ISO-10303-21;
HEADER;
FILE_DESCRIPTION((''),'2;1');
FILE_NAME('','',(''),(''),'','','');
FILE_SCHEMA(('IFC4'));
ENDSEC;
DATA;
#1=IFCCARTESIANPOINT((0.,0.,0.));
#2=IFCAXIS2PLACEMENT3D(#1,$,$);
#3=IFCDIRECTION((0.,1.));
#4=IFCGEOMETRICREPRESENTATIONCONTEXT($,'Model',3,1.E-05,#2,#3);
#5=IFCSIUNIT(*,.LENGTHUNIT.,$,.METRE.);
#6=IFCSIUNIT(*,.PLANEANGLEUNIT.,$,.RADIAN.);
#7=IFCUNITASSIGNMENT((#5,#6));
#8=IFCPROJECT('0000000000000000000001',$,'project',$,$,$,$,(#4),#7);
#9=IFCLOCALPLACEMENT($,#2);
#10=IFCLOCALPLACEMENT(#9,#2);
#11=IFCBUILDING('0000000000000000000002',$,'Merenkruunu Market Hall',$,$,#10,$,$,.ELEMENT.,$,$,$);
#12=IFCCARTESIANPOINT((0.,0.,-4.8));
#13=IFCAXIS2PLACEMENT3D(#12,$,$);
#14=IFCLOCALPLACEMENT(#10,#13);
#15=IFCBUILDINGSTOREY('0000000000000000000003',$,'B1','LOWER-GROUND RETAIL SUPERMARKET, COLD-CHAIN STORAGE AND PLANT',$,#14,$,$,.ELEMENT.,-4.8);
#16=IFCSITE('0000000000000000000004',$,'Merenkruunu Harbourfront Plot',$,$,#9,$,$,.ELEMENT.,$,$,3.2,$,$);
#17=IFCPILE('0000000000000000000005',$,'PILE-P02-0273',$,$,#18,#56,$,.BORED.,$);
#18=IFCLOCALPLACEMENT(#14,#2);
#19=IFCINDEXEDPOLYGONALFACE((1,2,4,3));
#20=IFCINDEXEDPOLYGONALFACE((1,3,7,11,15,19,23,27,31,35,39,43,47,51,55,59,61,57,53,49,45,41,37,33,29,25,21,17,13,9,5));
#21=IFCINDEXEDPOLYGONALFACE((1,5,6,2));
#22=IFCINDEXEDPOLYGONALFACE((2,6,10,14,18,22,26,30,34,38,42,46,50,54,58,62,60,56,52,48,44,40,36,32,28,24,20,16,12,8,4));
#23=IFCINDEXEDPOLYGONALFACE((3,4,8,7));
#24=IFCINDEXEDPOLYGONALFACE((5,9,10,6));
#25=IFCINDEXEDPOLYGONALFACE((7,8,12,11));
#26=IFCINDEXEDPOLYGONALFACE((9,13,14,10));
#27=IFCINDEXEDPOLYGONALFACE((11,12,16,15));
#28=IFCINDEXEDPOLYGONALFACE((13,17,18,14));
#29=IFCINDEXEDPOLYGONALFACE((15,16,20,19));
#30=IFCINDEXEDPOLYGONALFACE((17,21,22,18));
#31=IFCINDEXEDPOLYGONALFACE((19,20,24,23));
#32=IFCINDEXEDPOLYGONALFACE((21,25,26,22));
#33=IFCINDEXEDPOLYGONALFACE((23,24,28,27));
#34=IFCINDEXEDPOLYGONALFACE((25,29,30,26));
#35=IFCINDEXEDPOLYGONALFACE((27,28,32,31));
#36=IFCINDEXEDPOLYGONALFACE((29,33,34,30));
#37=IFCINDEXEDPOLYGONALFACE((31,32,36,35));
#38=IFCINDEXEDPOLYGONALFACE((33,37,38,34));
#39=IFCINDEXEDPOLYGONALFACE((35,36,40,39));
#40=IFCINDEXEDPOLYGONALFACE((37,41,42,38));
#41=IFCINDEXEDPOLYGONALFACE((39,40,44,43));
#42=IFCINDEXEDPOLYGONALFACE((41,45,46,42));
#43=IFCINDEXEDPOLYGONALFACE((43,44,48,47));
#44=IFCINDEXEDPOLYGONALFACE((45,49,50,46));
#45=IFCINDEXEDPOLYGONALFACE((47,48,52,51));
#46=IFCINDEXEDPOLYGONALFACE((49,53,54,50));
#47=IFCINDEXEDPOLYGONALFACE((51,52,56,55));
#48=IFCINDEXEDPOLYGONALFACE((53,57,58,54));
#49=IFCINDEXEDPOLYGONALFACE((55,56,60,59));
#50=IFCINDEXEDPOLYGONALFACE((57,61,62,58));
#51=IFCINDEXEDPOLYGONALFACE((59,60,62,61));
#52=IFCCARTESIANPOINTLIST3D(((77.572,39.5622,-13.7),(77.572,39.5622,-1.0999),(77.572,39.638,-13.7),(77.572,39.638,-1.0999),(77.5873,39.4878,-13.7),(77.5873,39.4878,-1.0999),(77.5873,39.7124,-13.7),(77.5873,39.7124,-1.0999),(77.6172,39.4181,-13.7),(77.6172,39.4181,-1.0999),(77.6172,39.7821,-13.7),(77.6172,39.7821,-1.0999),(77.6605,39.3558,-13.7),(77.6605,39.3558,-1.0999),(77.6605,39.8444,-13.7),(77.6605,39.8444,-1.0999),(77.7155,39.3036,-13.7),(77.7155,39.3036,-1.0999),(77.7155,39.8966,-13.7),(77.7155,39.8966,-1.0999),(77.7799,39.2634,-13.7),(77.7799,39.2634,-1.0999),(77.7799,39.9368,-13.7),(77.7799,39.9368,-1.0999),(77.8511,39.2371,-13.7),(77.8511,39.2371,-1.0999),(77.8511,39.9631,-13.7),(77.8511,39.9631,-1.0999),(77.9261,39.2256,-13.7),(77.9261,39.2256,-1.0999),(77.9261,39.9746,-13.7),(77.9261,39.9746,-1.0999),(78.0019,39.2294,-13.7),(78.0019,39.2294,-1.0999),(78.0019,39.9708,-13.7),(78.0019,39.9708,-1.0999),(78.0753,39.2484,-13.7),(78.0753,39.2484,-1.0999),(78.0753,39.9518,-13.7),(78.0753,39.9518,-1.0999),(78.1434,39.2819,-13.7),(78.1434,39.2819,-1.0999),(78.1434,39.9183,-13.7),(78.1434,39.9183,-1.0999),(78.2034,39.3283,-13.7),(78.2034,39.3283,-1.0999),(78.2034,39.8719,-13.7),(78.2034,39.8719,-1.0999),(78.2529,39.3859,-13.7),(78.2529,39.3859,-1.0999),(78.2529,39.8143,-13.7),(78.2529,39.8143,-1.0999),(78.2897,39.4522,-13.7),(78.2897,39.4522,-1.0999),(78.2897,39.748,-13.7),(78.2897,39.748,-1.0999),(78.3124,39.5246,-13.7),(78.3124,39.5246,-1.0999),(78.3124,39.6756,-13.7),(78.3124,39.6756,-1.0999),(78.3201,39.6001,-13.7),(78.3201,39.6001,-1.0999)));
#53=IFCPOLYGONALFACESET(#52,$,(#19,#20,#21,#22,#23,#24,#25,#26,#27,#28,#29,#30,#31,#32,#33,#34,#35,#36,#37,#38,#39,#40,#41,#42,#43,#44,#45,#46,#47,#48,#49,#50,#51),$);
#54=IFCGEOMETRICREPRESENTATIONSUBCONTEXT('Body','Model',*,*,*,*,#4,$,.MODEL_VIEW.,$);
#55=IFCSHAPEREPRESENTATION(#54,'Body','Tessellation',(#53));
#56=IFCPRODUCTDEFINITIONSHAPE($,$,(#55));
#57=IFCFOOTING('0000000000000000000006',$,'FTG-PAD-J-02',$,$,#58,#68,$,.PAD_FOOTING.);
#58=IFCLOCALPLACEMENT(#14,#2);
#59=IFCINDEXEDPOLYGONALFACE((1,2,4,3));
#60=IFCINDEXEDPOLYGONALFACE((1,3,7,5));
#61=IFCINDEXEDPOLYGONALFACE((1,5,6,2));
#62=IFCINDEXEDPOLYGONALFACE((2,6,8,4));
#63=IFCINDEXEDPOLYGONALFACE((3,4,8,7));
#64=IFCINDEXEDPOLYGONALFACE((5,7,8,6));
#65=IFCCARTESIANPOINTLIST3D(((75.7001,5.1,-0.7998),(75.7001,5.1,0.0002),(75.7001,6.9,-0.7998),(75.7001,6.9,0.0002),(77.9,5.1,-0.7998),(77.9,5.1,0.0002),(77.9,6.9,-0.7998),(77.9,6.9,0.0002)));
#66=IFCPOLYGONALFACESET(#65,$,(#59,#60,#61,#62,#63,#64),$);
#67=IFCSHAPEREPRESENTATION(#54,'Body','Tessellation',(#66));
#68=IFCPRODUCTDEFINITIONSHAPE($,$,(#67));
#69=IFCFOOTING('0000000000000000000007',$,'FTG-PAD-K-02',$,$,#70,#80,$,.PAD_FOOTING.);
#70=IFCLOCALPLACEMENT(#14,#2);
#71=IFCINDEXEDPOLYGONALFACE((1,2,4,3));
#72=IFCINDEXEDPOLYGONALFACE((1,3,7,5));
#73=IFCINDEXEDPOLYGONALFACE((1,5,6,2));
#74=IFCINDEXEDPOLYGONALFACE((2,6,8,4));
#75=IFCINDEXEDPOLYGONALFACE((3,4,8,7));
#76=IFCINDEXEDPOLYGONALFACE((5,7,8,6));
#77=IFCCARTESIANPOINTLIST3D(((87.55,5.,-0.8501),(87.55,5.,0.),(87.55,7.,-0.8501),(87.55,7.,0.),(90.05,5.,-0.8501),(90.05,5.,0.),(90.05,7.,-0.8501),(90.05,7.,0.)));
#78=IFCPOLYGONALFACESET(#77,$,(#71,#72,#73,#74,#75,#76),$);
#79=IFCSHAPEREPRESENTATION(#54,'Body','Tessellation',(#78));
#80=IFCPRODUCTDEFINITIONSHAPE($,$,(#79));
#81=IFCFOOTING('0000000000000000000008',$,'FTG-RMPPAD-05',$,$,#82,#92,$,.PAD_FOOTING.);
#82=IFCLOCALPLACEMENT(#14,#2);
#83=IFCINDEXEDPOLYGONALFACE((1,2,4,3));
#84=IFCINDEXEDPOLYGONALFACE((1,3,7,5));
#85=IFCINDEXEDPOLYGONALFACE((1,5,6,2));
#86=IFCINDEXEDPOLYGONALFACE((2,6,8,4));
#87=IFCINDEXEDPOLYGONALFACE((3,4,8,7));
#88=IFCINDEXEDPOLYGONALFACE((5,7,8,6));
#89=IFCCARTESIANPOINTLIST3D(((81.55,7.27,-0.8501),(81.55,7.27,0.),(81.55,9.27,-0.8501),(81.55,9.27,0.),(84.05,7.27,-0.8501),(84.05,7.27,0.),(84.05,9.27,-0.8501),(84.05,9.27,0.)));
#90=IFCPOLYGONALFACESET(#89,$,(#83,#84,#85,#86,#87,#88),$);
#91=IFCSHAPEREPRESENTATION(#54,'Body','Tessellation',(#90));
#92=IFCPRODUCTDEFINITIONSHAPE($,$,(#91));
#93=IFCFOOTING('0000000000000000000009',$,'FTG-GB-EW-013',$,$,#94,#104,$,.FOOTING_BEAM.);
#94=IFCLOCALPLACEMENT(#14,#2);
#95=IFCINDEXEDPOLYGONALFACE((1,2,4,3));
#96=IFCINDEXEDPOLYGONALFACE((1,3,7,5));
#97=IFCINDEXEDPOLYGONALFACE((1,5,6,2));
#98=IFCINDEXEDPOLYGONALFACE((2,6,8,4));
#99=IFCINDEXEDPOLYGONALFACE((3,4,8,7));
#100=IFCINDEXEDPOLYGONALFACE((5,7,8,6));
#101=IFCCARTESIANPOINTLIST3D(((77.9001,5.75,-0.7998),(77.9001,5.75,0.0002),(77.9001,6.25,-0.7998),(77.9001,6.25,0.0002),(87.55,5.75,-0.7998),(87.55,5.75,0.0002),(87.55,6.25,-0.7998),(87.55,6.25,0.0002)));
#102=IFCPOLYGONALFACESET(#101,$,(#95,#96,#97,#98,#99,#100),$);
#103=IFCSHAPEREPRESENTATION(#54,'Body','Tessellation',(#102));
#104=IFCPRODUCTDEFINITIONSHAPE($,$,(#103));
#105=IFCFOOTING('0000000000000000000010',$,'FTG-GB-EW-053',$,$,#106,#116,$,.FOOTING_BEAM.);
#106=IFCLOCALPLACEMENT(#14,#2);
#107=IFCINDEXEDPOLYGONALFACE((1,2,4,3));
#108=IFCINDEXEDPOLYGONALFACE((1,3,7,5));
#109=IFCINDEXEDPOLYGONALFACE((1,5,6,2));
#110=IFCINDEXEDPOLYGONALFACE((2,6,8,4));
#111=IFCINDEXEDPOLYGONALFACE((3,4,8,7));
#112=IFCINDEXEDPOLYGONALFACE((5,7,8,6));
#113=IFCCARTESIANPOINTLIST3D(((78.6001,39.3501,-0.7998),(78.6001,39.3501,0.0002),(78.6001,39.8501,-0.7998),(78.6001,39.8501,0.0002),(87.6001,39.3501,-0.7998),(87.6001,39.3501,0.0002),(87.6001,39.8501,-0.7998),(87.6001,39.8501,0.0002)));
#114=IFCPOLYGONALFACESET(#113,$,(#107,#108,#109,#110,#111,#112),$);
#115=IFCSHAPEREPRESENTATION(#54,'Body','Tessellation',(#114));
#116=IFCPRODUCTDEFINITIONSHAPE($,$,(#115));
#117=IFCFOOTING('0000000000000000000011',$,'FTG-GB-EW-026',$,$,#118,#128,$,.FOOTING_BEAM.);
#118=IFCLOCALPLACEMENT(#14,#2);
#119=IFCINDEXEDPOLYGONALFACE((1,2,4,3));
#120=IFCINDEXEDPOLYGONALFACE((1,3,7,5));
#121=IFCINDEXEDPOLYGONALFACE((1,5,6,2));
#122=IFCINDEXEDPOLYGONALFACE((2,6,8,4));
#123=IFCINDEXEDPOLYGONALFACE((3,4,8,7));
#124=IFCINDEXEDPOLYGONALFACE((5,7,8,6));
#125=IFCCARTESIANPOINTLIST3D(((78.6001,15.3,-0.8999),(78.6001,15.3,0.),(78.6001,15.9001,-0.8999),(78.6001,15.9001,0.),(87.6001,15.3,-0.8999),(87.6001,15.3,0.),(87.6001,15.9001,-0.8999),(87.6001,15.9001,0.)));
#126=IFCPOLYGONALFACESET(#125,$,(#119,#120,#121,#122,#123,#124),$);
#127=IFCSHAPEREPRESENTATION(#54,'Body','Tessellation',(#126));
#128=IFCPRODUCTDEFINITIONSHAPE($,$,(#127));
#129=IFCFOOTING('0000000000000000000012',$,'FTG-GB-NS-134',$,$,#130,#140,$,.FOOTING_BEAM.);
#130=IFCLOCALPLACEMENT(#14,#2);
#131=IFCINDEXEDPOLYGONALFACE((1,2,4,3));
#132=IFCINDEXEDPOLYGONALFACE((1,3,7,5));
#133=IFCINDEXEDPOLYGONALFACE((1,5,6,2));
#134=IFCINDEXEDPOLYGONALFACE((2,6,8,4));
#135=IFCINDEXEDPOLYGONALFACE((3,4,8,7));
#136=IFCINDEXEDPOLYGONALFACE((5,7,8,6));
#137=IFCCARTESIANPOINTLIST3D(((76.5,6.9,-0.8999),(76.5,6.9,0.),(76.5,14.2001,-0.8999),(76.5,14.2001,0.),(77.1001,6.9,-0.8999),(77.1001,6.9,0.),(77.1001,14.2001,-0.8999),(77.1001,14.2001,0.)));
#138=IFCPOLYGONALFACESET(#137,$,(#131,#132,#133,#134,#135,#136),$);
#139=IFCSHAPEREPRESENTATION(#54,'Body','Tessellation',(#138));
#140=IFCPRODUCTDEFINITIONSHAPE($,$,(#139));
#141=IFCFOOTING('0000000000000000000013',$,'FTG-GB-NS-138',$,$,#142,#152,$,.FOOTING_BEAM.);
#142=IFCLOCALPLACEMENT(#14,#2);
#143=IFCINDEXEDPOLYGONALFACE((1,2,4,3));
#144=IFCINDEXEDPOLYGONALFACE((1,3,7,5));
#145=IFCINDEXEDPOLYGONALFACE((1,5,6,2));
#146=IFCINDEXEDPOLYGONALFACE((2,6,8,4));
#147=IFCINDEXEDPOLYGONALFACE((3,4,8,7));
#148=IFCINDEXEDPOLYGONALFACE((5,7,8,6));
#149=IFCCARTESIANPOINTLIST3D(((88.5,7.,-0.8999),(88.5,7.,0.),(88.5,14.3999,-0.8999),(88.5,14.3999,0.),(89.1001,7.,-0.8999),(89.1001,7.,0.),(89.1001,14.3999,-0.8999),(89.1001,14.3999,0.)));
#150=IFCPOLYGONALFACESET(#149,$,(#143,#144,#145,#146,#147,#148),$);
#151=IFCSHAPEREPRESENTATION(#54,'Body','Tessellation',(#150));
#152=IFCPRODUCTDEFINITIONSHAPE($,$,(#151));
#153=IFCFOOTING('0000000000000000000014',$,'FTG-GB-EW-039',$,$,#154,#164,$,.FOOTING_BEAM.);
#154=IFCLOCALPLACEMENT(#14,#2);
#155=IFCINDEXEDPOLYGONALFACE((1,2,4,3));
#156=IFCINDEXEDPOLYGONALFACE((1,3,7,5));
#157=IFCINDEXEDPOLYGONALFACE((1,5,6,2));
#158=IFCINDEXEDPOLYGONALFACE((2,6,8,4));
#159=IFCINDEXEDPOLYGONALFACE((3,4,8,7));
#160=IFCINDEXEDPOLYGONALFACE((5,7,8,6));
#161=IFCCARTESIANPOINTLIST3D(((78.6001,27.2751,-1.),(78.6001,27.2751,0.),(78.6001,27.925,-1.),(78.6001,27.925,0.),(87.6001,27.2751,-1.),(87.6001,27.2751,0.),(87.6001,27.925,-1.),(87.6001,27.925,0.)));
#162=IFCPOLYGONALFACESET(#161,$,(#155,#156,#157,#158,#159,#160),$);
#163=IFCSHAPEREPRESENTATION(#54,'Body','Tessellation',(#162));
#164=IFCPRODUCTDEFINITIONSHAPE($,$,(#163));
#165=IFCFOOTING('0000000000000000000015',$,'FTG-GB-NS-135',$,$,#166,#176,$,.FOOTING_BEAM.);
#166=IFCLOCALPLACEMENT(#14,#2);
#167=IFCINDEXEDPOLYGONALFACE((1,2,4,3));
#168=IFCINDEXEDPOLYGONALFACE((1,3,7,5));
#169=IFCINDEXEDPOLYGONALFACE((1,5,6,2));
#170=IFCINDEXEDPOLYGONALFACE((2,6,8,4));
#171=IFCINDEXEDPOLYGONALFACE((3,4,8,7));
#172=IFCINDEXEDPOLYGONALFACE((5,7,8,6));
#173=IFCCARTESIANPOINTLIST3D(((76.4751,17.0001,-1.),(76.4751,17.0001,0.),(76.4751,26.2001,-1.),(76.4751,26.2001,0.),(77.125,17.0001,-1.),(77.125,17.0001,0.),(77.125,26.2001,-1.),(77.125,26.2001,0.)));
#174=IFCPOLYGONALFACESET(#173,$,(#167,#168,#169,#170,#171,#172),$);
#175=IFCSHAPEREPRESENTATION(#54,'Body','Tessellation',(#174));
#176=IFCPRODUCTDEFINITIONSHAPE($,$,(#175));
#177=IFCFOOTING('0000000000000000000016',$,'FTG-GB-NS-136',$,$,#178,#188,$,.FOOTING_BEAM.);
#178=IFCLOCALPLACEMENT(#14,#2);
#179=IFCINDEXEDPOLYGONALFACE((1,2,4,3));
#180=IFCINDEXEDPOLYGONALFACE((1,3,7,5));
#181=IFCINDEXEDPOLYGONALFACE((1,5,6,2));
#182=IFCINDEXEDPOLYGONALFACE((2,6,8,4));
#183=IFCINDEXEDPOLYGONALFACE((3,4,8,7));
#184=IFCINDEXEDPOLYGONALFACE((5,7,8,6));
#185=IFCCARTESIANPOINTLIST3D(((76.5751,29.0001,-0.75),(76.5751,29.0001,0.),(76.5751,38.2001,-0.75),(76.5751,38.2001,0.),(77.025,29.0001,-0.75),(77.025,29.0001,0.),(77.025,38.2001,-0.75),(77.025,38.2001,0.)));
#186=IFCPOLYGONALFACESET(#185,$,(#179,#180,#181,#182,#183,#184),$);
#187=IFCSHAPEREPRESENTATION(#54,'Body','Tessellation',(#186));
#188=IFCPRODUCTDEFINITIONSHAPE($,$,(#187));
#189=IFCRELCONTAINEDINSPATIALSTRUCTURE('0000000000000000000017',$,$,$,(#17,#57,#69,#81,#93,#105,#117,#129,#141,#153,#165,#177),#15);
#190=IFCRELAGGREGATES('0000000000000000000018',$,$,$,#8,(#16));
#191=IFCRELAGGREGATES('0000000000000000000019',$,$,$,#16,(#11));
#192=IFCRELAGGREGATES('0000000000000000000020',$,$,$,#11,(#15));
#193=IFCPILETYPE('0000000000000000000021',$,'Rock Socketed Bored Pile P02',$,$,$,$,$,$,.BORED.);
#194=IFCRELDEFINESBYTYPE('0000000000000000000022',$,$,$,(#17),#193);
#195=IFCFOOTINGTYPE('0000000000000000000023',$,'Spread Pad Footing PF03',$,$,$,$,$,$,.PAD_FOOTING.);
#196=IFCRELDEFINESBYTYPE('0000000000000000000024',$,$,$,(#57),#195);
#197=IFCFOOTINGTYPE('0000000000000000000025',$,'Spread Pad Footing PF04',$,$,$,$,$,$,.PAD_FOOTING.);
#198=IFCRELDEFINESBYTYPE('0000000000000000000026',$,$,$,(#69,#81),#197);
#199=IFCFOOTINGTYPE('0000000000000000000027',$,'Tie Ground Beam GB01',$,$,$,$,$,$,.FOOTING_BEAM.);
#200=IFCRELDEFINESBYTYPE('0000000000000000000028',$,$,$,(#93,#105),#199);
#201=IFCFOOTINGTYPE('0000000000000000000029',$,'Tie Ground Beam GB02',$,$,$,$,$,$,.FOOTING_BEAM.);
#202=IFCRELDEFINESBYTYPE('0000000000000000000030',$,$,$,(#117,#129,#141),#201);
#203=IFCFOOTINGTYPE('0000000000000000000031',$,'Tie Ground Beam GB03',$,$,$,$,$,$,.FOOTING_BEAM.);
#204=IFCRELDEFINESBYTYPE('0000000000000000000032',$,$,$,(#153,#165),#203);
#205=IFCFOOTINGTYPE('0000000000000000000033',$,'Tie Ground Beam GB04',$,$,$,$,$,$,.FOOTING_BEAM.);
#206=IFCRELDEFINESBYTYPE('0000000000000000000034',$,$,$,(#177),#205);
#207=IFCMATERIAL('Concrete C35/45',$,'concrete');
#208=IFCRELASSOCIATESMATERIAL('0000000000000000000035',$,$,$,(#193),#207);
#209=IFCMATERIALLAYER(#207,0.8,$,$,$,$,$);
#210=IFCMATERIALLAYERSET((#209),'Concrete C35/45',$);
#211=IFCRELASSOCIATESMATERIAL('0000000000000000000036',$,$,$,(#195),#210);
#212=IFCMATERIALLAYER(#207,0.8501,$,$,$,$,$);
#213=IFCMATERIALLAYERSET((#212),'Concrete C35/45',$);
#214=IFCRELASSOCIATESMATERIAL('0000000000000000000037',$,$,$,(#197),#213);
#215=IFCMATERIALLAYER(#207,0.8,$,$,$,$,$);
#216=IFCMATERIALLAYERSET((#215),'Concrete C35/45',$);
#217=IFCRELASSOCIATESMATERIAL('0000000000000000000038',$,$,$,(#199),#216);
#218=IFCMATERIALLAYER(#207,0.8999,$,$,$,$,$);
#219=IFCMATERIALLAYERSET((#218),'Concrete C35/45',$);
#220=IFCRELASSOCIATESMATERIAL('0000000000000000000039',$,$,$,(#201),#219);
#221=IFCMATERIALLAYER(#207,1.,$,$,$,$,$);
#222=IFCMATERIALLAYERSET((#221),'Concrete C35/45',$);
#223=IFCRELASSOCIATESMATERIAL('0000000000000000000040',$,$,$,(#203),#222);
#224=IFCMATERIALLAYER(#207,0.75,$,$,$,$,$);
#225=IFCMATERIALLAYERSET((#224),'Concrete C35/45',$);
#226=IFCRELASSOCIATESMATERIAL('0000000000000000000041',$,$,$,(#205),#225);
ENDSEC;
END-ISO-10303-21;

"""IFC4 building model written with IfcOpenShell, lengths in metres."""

from ifc_helpers import new_model, si_unit, direction, frame, origin, origin_2d, place, context, subcontext, project, spatial, rectangle, circle, extrude, material, layer, layer_set, material_profile, profile_set, type_object, element, save


model = new_model("IFC4")

# Units and contexts
model_context = context("Model", 3, precision=1e-05, world=origin(), true_north=direction((0.0, 1.0)))
body_context = subcontext(model_context, "Body", "Model", "MODEL_VIEW")
ifc_project = project(units=[si_unit("LENGTHUNIT", "METRE"), si_unit("PLANEANGLEUNIT", "RADIAN")], contexts=[model_context])

# Site, building, storey
site_placement = place(None, origin())
site = spatial("IfcSite", under=ifc_project, at=site_placement, Name="Merenkruunu Harbourfront Plot", CompositionType="ELEMENT", RefElevation=3.2)
building_placement = place(site_placement, origin())
building = spatial("IfcBuilding", under=site, at=building_placement, Name="Merenkruunu Market Hall", CompositionType="ELEMENT")
storey_placement = place(building_placement, frame((0.0, 0.0, -4.8)))
storey = spatial("IfcBuildingStorey", under=building, at=storey_placement, Name="B1", Description="LOWER-GROUND RETAIL SUPERMARKET, COLD-CHAIN STORAGE AND PLANT", CompositionType="ELEMENT", Elevation=-4.8)

# Shared definitions
ifc_material = material(Name="Concrete C35/45", Category="concrete")

# Pile
ifc_material_profile_1 = material_profile(ifc_material, circle(Radius=0.375, at=origin_2d()), Name="BORED PILE 750")
ifc_profile_set_1 = profile_set([ifc_material_profile_1], Name="Concrete C35/45")
pile_type_1 = type_object("IfcPileType", Name="Rock Socketed Bored Pile P02", PredefinedType="BORED", material=ifc_profile_set_1)
for number, where, z_axis, x_axis, name in (
    (1, (77.9451, 39.6001, -1.0999), (0.0, 0.0, -1.0), (1.0, 0.0, 0.0), "PILE-P02-0273"),
):
    element("IfcPile", number, at=place(storey_placement, frame(where, z_axis=z_axis, x_axis=x_axis)), inside=storey, type_object=pile_type_1, Name=name, PredefinedType="BORED", context=body_context, shape_type="SweptSolid", body=[
        extrude(circle(Radius=0.375, at=origin_2d()), origin(), (0.0, 0.0, 1.0), 12.6001),
    ])

# Footings
ifc_layer_1 = layer(ifc_material, 0.8)
ifc_layer_set_1 = layer_set([ifc_layer_1], Name="Concrete C35/45")
footing_type_1 = type_object("IfcFootingType", Name="Spread Pad Footing PF03", PredefinedType="PAD_FOOTING", material=ifc_layer_set_1)
footing_1_placement = place(storey_placement, frame((76.8, 6.0, -0.7998), z_axis=(0.0, 0.0, 1.0), x_axis=(1.0, 0.0, 0.0)))
element("IfcFooting", 2, at=footing_1_placement, inside=storey, type_object=footing_type_1, Name="FTG-PAD-J-02", PredefinedType="PAD_FOOTING", context=body_context, shape_type="SweptSolid", body=[
    extrude(rectangle(XDim=2.2, YDim=1.8, at=origin_2d()), origin(), (0.0, 0.0, 1.0), 0.8),
])
ifc_layer_2 = layer(ifc_material, 0.8501)
ifc_layer_set_2 = layer_set([ifc_layer_2], Name="Concrete C35/45")
footing_type_2 = type_object("IfcFootingType", Name="Spread Pad Footing PF04", PredefinedType="PAD_FOOTING", material=ifc_layer_set_2)
for number, where, z_axis, x_axis, name in (
    (3, (88.8, 6.0, -0.8501), (0.0, 0.0, 1.0), (1.0, 0.0, 0.0), "FTG-PAD-K-02"),
    (4, (82.8, 8.27, -0.8501), (0.0, 0.0, 1.0), (1.0, 0.0, 0.0), "FTG-RMPPAD-05"),
):
    element("IfcFooting", number, at=place(storey_placement, frame(where, z_axis=z_axis, x_axis=x_axis)), inside=storey, type_object=footing_type_2, Name=name, PredefinedType="PAD_FOOTING", context=body_context, shape_type="SweptSolid", body=[
        extrude(rectangle(XDim=2.5, YDim=2.0, at=origin_2d()), origin(), (0.0, 0.0, 1.0), 0.8501),
    ])
ifc_layer_3 = layer(ifc_material, 0.8)
ifc_layer_set_3 = layer_set([ifc_layer_3], Name="Concrete C35/45")
footing_type_3 = type_object("IfcFootingType", Name="Tie Ground Beam GB01", PredefinedType="FOOTING_BEAM", material=ifc_layer_set_3)
footing_2_placement = place(storey_placement, frame((82.7251, 6.0, -0.7998), z_axis=(0.0, 0.0, 1.0), x_axis=(1.0, 0.0, 0.0)))
element("IfcFooting", 5, at=footing_2_placement, inside=storey, type_object=footing_type_3, Name="FTG-GB-EW-013", PredefinedType="FOOTING_BEAM", context=body_context, shape_type="SweptSolid", body=[
    extrude(rectangle(XDim=9.6499, YDim=0.5, at=origin_2d()), origin(), (0.0, 0.0, 1.0), 0.8),
])
footing_3_placement = place(storey_placement, frame((83.1001, 39.6001, -0.7998), z_axis=(0.0, 0.0, 1.0), x_axis=(1.0, 0.0, 0.0)))
element("IfcFooting", 6, at=footing_3_placement, inside=storey, type_object=footing_type_3, Name="FTG-GB-EW-053", PredefinedType="FOOTING_BEAM", context=body_context, shape_type="SweptSolid", body=[
    extrude(rectangle(XDim=9.0, YDim=0.5, at=origin_2d()), origin(), (0.0, 0.0, 1.0), 0.8),
])
ifc_layer_4 = layer(ifc_material, 0.8999)
ifc_layer_set_4 = layer_set([ifc_layer_4], Name="Concrete C35/45")
footing_type_4 = type_object("IfcFootingType", Name="Tie Ground Beam GB02", PredefinedType="FOOTING_BEAM", material=ifc_layer_set_4)
footing_4_placement = place(storey_placement, frame((83.1001, 15.6001, -0.8999), z_axis=(0.0, 0.0, 1.0), x_axis=(1.0, 0.0, 0.0)))
element("IfcFooting", 7, at=footing_4_placement, inside=storey, type_object=footing_type_4, Name="FTG-GB-EW-026", PredefinedType="FOOTING_BEAM", context=body_context, shape_type="SweptSolid", body=[
    extrude(rectangle(XDim=9.0, YDim=0.6001, at=origin_2d()), origin(), (0.0, 0.0, 1.0), 0.8999),
])
footing_5_placement = place(storey_placement, frame((76.8, 10.55, -0.8999), z_axis=(0.0, 0.0, 1.0), x_axis=(0.0, 1.0, 0.0)))
element("IfcFooting", 8, at=footing_5_placement, inside=storey, type_object=footing_type_4, Name="FTG-GB-NS-134", PredefinedType="FOOTING_BEAM", context=body_context, shape_type="SweptSolid", body=[
    extrude(rectangle(XDim=7.3, YDim=0.6001, at=origin_2d()), origin(), (0.0, 0.0, 1.0), 0.8999),
])
footing_6_placement = place(storey_placement, frame((88.8, 10.7, -0.8999), z_axis=(0.0, 0.0, 1.0), x_axis=(0.0, 1.0, 0.0)))
element("IfcFooting", 9, at=footing_6_placement, inside=storey, type_object=footing_type_4, Name="FTG-GB-NS-138", PredefinedType="FOOTING_BEAM", context=body_context, shape_type="SweptSolid", body=[
    extrude(rectangle(XDim=7.3999, YDim=0.6001, at=origin_2d()), origin(), (0.0, 0.0, 1.0), 0.8999),
])
ifc_layer_5 = layer(ifc_material, 1.0)
ifc_layer_set_5 = layer_set([ifc_layer_5], Name="Concrete C35/45")
footing_type_5 = type_object("IfcFootingType", Name="Tie Ground Beam GB03", PredefinedType="FOOTING_BEAM", material=ifc_layer_set_5)
footing_7_placement = place(storey_placement, frame((83.1001, 27.6001, -1.0), z_axis=(0.0, 0.0, 1.0), x_axis=(1.0, 0.0, 0.0)))
element("IfcFooting", 10, at=footing_7_placement, inside=storey, type_object=footing_type_5, Name="FTG-GB-EW-039", PredefinedType="FOOTING_BEAM", context=body_context, shape_type="SweptSolid", body=[
    extrude(rectangle(XDim=9.0, YDim=0.6499, at=origin_2d()), origin(), (0.0, 0.0, 1.0), 1.0),
])
footing_8_placement = place(storey_placement, frame((76.8, 21.6001, -1.0), z_axis=(0.0, 0.0, 1.0), x_axis=(0.0, 1.0, 0.0)))
element("IfcFooting", 11, at=footing_8_placement, inside=storey, type_object=footing_type_5, Name="FTG-GB-NS-135", PredefinedType="FOOTING_BEAM", context=body_context, shape_type="SweptSolid", body=[
    extrude(rectangle(XDim=9.2, YDim=0.6499, at=origin_2d()), origin(), (0.0, 0.0, 1.0), 1.0),
])
ifc_layer_6 = layer(ifc_material, 0.75)
ifc_layer_set_6 = layer_set([ifc_layer_6], Name="Concrete C35/45")
footing_type_6 = type_object("IfcFootingType", Name="Tie Ground Beam GB04", PredefinedType="FOOTING_BEAM", material=ifc_layer_set_6)
footing_9_placement = place(storey_placement, frame((76.8, 33.6001, -0.75), z_axis=(0.0, 0.0, 1.0), x_axis=(0.0, 1.0, 0.0)))
element("IfcFooting", 12, at=footing_9_placement, inside=storey, type_object=footing_type_6, Name="FTG-GB-NS-136", PredefinedType="FOOTING_BEAM", context=body_context, shape_type="SweptSolid", body=[
    extrude(rectangle(XDim=9.2, YDim=0.45, at=origin_2d()), origin(), (0.0, 0.0, 1.0), 0.75),
])

save(model, "model.ifc")
